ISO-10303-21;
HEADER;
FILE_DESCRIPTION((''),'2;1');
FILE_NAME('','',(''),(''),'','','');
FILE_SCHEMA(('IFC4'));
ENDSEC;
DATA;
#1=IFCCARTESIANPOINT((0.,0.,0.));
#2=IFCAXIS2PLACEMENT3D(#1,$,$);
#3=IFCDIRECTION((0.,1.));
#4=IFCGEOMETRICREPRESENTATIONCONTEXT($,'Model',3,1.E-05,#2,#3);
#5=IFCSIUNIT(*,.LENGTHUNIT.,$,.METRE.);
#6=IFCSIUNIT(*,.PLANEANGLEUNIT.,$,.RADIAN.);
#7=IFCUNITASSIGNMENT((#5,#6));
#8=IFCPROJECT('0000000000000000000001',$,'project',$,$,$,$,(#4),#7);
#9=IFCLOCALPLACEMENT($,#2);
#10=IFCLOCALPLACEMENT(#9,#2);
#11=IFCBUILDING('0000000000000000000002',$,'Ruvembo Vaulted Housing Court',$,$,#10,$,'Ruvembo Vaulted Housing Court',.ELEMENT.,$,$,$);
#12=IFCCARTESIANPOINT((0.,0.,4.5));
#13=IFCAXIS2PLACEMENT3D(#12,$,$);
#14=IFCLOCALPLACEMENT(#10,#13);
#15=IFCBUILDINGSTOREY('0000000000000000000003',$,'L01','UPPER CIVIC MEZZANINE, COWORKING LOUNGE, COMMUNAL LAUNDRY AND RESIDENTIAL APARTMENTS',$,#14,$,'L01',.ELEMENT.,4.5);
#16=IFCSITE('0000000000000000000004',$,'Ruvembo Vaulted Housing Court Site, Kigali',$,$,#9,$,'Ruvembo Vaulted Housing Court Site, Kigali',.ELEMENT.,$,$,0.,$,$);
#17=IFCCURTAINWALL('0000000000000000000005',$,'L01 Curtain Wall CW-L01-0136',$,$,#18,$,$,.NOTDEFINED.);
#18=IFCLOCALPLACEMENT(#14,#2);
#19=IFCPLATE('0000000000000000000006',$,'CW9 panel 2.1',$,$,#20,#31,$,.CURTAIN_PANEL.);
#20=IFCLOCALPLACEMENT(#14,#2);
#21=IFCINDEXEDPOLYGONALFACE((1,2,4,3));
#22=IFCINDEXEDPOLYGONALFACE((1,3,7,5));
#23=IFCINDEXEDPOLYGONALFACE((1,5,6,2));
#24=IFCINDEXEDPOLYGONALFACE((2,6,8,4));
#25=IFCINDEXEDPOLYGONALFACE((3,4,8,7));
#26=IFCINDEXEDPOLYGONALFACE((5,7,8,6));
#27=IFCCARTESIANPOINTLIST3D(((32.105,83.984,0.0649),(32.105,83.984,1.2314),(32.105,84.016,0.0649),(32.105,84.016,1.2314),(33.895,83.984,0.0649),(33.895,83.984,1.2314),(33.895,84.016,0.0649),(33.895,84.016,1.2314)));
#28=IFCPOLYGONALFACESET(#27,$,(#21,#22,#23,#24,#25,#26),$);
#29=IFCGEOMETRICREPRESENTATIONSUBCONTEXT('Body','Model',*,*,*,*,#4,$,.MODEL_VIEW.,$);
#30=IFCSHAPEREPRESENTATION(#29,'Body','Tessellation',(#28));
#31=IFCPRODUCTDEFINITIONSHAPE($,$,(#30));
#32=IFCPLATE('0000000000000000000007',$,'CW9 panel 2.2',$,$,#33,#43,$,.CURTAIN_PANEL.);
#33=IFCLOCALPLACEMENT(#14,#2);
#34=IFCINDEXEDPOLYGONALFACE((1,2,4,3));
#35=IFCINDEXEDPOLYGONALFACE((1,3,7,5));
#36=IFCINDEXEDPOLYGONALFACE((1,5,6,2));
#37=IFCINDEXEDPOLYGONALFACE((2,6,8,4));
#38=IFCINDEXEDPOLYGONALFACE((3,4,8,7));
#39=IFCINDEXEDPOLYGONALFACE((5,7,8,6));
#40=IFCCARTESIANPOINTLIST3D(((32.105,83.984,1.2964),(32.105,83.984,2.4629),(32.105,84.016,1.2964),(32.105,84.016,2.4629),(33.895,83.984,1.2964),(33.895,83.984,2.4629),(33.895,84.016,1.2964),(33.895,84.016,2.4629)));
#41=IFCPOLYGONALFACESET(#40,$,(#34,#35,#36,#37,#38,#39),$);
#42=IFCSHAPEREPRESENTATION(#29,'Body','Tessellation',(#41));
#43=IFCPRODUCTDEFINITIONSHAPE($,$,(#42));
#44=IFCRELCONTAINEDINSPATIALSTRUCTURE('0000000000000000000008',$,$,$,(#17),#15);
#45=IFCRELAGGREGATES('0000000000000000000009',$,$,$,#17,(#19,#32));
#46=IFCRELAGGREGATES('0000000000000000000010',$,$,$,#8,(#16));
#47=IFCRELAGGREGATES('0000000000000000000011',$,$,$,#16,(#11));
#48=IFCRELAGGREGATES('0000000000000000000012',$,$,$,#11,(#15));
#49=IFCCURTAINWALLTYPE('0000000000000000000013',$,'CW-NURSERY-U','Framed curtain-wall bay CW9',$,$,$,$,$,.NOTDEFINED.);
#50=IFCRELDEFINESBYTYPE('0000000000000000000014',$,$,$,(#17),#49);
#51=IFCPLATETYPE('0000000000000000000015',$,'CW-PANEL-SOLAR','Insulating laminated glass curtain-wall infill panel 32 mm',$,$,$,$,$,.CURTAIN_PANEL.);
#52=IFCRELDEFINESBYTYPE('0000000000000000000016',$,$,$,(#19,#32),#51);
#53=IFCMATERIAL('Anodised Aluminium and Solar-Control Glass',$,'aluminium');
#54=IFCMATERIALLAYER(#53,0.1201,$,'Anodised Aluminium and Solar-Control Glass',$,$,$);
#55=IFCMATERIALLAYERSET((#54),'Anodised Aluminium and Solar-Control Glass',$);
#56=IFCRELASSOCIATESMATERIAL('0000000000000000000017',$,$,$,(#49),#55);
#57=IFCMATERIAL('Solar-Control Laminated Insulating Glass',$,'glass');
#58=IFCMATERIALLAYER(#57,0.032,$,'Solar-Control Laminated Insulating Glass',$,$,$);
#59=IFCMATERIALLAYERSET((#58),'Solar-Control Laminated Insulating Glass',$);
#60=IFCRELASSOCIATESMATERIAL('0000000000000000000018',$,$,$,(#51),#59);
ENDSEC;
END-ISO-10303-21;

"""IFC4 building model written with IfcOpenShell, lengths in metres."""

from ifc_helpers import new_model, si_unit, direction, frame, origin, origin_2d, place, context, subcontext, project, spatial, rectangle, extrude, material, layer, layer_set, type_object, element, aggregate, save


model = new_model("IFC4")

# Units and contexts
model_context = context("Model", 3, precision=1e-05, world=origin(), true_north=direction((0.0, 1.0)))
body_context = subcontext(model_context, "Body", "Model", "MODEL_VIEW")
ifc_project = project(units=[si_unit("LENGTHUNIT", "METRE"), si_unit("PLANEANGLEUNIT", "RADIAN")], contexts=[model_context])

# Site, building, storey
site_placement = place(None, origin())
site = spatial("IfcSite", under=ifc_project, at=site_placement, Name="Ruvembo Vaulted Housing Court Site, Kigali", LongName="Ruvembo Vaulted Housing Court Site, Kigali", CompositionType="ELEMENT", RefElevation=0.0)
building_placement = place(site_placement, origin())
building = spatial("IfcBuilding", under=site, at=building_placement, Name="Ruvembo Vaulted Housing Court", LongName="Ruvembo Vaulted Housing Court", CompositionType="ELEMENT")
storey_placement = place(building_placement, frame((0.0, 0.0, 4.5)))
storey = spatial("IfcBuildingStorey", under=building, at=storey_placement, Name="L01", Description="UPPER CIVIC MEZZANINE, COWORKING LOUNGE, COMMUNAL LAUNDRY AND RESIDENTIAL APARTMENTS", LongName="L01", CompositionType="ELEMENT", Elevation=4.5)

# Curtain wall
ifc_material_1 = material(Name="Anodised Aluminium and Solar-Control Glass", Category="aluminium")
ifc_layer_1 = layer(ifc_material_1, 0.1201, Name="Anodised Aluminium and Solar-Control Glass")
ifc_layer_set_1 = layer_set([ifc_layer_1], Name="Anodised Aluminium and Solar-Control Glass")
curtain_wall_type = type_object("IfcCurtainWallType", Name="CW-NURSERY-U", Description="Framed curtain-wall bay CW9", PredefinedType="NOTDEFINED", material=ifc_layer_set_1)
curtain_wall_1_placement = place(storey_placement, origin())
curtain_wall_1 = element("IfcCurtainWall", 1, at=curtain_wall_1_placement, inside=storey, type_object=curtain_wall_type, Name="L01 Curtain Wall CW-L01-0136", PredefinedType="NOTDEFINED")

# Plates
ifc_material_2 = material(Name="Solar-Control Laminated Insulating Glass", Category="glass")
ifc_layer_2 = layer(ifc_material_2, 0.032, Name="Solar-Control Laminated Insulating Glass")
ifc_layer_set_2 = layer_set([ifc_layer_2], Name="Solar-Control Laminated Insulating Glass")
plate_type_1 = type_object("IfcPlateType", Name="CW-PANEL-SOLAR", Description="Insulating laminated glass curtain-wall infill panel 32 mm", PredefinedType="CURTAIN_PANEL", material=ifc_layer_set_2)
plate_1_placement = place(storey_placement, frame((33.0, 84.0, 0.0649), z_axis=(0.0, 0.0, 1.0), x_axis=(1.0, 0.0, 0.0)))
plate_1 = element("IfcPlate", 2, at=plate_1_placement, type_object=plate_type_1, Name="CW9 panel 2.1", PredefinedType="CURTAIN_PANEL", context=body_context, shape_type="SweptSolid", body=[
    extrude(rectangle(XDim=1.79, YDim=0.032, at=origin_2d()), origin(), (0.0, 0.0, 1.0), 1.1665),
])
plate_2_placement = place(storey_placement, frame((33.0, 84.0, 1.2964), z_axis=(0.0, 0.0, 1.0), x_axis=(1.0, 0.0, 0.0)))
plate_2 = element("IfcPlate", 3, at=plate_2_placement, type_object=plate_type_1, Name="CW9 panel 2.2", PredefinedType="CURTAIN_PANEL", context=body_context, shape_type="SweptSolid", body=[
    extrude(rectangle(XDim=1.79, YDim=0.032, at=origin_2d()), origin(), (0.0, 0.0, 1.0), 1.1665),
])
aggregate(curtain_wall_1, [plate_1, plate_2])

save(model, "model.ifc")
